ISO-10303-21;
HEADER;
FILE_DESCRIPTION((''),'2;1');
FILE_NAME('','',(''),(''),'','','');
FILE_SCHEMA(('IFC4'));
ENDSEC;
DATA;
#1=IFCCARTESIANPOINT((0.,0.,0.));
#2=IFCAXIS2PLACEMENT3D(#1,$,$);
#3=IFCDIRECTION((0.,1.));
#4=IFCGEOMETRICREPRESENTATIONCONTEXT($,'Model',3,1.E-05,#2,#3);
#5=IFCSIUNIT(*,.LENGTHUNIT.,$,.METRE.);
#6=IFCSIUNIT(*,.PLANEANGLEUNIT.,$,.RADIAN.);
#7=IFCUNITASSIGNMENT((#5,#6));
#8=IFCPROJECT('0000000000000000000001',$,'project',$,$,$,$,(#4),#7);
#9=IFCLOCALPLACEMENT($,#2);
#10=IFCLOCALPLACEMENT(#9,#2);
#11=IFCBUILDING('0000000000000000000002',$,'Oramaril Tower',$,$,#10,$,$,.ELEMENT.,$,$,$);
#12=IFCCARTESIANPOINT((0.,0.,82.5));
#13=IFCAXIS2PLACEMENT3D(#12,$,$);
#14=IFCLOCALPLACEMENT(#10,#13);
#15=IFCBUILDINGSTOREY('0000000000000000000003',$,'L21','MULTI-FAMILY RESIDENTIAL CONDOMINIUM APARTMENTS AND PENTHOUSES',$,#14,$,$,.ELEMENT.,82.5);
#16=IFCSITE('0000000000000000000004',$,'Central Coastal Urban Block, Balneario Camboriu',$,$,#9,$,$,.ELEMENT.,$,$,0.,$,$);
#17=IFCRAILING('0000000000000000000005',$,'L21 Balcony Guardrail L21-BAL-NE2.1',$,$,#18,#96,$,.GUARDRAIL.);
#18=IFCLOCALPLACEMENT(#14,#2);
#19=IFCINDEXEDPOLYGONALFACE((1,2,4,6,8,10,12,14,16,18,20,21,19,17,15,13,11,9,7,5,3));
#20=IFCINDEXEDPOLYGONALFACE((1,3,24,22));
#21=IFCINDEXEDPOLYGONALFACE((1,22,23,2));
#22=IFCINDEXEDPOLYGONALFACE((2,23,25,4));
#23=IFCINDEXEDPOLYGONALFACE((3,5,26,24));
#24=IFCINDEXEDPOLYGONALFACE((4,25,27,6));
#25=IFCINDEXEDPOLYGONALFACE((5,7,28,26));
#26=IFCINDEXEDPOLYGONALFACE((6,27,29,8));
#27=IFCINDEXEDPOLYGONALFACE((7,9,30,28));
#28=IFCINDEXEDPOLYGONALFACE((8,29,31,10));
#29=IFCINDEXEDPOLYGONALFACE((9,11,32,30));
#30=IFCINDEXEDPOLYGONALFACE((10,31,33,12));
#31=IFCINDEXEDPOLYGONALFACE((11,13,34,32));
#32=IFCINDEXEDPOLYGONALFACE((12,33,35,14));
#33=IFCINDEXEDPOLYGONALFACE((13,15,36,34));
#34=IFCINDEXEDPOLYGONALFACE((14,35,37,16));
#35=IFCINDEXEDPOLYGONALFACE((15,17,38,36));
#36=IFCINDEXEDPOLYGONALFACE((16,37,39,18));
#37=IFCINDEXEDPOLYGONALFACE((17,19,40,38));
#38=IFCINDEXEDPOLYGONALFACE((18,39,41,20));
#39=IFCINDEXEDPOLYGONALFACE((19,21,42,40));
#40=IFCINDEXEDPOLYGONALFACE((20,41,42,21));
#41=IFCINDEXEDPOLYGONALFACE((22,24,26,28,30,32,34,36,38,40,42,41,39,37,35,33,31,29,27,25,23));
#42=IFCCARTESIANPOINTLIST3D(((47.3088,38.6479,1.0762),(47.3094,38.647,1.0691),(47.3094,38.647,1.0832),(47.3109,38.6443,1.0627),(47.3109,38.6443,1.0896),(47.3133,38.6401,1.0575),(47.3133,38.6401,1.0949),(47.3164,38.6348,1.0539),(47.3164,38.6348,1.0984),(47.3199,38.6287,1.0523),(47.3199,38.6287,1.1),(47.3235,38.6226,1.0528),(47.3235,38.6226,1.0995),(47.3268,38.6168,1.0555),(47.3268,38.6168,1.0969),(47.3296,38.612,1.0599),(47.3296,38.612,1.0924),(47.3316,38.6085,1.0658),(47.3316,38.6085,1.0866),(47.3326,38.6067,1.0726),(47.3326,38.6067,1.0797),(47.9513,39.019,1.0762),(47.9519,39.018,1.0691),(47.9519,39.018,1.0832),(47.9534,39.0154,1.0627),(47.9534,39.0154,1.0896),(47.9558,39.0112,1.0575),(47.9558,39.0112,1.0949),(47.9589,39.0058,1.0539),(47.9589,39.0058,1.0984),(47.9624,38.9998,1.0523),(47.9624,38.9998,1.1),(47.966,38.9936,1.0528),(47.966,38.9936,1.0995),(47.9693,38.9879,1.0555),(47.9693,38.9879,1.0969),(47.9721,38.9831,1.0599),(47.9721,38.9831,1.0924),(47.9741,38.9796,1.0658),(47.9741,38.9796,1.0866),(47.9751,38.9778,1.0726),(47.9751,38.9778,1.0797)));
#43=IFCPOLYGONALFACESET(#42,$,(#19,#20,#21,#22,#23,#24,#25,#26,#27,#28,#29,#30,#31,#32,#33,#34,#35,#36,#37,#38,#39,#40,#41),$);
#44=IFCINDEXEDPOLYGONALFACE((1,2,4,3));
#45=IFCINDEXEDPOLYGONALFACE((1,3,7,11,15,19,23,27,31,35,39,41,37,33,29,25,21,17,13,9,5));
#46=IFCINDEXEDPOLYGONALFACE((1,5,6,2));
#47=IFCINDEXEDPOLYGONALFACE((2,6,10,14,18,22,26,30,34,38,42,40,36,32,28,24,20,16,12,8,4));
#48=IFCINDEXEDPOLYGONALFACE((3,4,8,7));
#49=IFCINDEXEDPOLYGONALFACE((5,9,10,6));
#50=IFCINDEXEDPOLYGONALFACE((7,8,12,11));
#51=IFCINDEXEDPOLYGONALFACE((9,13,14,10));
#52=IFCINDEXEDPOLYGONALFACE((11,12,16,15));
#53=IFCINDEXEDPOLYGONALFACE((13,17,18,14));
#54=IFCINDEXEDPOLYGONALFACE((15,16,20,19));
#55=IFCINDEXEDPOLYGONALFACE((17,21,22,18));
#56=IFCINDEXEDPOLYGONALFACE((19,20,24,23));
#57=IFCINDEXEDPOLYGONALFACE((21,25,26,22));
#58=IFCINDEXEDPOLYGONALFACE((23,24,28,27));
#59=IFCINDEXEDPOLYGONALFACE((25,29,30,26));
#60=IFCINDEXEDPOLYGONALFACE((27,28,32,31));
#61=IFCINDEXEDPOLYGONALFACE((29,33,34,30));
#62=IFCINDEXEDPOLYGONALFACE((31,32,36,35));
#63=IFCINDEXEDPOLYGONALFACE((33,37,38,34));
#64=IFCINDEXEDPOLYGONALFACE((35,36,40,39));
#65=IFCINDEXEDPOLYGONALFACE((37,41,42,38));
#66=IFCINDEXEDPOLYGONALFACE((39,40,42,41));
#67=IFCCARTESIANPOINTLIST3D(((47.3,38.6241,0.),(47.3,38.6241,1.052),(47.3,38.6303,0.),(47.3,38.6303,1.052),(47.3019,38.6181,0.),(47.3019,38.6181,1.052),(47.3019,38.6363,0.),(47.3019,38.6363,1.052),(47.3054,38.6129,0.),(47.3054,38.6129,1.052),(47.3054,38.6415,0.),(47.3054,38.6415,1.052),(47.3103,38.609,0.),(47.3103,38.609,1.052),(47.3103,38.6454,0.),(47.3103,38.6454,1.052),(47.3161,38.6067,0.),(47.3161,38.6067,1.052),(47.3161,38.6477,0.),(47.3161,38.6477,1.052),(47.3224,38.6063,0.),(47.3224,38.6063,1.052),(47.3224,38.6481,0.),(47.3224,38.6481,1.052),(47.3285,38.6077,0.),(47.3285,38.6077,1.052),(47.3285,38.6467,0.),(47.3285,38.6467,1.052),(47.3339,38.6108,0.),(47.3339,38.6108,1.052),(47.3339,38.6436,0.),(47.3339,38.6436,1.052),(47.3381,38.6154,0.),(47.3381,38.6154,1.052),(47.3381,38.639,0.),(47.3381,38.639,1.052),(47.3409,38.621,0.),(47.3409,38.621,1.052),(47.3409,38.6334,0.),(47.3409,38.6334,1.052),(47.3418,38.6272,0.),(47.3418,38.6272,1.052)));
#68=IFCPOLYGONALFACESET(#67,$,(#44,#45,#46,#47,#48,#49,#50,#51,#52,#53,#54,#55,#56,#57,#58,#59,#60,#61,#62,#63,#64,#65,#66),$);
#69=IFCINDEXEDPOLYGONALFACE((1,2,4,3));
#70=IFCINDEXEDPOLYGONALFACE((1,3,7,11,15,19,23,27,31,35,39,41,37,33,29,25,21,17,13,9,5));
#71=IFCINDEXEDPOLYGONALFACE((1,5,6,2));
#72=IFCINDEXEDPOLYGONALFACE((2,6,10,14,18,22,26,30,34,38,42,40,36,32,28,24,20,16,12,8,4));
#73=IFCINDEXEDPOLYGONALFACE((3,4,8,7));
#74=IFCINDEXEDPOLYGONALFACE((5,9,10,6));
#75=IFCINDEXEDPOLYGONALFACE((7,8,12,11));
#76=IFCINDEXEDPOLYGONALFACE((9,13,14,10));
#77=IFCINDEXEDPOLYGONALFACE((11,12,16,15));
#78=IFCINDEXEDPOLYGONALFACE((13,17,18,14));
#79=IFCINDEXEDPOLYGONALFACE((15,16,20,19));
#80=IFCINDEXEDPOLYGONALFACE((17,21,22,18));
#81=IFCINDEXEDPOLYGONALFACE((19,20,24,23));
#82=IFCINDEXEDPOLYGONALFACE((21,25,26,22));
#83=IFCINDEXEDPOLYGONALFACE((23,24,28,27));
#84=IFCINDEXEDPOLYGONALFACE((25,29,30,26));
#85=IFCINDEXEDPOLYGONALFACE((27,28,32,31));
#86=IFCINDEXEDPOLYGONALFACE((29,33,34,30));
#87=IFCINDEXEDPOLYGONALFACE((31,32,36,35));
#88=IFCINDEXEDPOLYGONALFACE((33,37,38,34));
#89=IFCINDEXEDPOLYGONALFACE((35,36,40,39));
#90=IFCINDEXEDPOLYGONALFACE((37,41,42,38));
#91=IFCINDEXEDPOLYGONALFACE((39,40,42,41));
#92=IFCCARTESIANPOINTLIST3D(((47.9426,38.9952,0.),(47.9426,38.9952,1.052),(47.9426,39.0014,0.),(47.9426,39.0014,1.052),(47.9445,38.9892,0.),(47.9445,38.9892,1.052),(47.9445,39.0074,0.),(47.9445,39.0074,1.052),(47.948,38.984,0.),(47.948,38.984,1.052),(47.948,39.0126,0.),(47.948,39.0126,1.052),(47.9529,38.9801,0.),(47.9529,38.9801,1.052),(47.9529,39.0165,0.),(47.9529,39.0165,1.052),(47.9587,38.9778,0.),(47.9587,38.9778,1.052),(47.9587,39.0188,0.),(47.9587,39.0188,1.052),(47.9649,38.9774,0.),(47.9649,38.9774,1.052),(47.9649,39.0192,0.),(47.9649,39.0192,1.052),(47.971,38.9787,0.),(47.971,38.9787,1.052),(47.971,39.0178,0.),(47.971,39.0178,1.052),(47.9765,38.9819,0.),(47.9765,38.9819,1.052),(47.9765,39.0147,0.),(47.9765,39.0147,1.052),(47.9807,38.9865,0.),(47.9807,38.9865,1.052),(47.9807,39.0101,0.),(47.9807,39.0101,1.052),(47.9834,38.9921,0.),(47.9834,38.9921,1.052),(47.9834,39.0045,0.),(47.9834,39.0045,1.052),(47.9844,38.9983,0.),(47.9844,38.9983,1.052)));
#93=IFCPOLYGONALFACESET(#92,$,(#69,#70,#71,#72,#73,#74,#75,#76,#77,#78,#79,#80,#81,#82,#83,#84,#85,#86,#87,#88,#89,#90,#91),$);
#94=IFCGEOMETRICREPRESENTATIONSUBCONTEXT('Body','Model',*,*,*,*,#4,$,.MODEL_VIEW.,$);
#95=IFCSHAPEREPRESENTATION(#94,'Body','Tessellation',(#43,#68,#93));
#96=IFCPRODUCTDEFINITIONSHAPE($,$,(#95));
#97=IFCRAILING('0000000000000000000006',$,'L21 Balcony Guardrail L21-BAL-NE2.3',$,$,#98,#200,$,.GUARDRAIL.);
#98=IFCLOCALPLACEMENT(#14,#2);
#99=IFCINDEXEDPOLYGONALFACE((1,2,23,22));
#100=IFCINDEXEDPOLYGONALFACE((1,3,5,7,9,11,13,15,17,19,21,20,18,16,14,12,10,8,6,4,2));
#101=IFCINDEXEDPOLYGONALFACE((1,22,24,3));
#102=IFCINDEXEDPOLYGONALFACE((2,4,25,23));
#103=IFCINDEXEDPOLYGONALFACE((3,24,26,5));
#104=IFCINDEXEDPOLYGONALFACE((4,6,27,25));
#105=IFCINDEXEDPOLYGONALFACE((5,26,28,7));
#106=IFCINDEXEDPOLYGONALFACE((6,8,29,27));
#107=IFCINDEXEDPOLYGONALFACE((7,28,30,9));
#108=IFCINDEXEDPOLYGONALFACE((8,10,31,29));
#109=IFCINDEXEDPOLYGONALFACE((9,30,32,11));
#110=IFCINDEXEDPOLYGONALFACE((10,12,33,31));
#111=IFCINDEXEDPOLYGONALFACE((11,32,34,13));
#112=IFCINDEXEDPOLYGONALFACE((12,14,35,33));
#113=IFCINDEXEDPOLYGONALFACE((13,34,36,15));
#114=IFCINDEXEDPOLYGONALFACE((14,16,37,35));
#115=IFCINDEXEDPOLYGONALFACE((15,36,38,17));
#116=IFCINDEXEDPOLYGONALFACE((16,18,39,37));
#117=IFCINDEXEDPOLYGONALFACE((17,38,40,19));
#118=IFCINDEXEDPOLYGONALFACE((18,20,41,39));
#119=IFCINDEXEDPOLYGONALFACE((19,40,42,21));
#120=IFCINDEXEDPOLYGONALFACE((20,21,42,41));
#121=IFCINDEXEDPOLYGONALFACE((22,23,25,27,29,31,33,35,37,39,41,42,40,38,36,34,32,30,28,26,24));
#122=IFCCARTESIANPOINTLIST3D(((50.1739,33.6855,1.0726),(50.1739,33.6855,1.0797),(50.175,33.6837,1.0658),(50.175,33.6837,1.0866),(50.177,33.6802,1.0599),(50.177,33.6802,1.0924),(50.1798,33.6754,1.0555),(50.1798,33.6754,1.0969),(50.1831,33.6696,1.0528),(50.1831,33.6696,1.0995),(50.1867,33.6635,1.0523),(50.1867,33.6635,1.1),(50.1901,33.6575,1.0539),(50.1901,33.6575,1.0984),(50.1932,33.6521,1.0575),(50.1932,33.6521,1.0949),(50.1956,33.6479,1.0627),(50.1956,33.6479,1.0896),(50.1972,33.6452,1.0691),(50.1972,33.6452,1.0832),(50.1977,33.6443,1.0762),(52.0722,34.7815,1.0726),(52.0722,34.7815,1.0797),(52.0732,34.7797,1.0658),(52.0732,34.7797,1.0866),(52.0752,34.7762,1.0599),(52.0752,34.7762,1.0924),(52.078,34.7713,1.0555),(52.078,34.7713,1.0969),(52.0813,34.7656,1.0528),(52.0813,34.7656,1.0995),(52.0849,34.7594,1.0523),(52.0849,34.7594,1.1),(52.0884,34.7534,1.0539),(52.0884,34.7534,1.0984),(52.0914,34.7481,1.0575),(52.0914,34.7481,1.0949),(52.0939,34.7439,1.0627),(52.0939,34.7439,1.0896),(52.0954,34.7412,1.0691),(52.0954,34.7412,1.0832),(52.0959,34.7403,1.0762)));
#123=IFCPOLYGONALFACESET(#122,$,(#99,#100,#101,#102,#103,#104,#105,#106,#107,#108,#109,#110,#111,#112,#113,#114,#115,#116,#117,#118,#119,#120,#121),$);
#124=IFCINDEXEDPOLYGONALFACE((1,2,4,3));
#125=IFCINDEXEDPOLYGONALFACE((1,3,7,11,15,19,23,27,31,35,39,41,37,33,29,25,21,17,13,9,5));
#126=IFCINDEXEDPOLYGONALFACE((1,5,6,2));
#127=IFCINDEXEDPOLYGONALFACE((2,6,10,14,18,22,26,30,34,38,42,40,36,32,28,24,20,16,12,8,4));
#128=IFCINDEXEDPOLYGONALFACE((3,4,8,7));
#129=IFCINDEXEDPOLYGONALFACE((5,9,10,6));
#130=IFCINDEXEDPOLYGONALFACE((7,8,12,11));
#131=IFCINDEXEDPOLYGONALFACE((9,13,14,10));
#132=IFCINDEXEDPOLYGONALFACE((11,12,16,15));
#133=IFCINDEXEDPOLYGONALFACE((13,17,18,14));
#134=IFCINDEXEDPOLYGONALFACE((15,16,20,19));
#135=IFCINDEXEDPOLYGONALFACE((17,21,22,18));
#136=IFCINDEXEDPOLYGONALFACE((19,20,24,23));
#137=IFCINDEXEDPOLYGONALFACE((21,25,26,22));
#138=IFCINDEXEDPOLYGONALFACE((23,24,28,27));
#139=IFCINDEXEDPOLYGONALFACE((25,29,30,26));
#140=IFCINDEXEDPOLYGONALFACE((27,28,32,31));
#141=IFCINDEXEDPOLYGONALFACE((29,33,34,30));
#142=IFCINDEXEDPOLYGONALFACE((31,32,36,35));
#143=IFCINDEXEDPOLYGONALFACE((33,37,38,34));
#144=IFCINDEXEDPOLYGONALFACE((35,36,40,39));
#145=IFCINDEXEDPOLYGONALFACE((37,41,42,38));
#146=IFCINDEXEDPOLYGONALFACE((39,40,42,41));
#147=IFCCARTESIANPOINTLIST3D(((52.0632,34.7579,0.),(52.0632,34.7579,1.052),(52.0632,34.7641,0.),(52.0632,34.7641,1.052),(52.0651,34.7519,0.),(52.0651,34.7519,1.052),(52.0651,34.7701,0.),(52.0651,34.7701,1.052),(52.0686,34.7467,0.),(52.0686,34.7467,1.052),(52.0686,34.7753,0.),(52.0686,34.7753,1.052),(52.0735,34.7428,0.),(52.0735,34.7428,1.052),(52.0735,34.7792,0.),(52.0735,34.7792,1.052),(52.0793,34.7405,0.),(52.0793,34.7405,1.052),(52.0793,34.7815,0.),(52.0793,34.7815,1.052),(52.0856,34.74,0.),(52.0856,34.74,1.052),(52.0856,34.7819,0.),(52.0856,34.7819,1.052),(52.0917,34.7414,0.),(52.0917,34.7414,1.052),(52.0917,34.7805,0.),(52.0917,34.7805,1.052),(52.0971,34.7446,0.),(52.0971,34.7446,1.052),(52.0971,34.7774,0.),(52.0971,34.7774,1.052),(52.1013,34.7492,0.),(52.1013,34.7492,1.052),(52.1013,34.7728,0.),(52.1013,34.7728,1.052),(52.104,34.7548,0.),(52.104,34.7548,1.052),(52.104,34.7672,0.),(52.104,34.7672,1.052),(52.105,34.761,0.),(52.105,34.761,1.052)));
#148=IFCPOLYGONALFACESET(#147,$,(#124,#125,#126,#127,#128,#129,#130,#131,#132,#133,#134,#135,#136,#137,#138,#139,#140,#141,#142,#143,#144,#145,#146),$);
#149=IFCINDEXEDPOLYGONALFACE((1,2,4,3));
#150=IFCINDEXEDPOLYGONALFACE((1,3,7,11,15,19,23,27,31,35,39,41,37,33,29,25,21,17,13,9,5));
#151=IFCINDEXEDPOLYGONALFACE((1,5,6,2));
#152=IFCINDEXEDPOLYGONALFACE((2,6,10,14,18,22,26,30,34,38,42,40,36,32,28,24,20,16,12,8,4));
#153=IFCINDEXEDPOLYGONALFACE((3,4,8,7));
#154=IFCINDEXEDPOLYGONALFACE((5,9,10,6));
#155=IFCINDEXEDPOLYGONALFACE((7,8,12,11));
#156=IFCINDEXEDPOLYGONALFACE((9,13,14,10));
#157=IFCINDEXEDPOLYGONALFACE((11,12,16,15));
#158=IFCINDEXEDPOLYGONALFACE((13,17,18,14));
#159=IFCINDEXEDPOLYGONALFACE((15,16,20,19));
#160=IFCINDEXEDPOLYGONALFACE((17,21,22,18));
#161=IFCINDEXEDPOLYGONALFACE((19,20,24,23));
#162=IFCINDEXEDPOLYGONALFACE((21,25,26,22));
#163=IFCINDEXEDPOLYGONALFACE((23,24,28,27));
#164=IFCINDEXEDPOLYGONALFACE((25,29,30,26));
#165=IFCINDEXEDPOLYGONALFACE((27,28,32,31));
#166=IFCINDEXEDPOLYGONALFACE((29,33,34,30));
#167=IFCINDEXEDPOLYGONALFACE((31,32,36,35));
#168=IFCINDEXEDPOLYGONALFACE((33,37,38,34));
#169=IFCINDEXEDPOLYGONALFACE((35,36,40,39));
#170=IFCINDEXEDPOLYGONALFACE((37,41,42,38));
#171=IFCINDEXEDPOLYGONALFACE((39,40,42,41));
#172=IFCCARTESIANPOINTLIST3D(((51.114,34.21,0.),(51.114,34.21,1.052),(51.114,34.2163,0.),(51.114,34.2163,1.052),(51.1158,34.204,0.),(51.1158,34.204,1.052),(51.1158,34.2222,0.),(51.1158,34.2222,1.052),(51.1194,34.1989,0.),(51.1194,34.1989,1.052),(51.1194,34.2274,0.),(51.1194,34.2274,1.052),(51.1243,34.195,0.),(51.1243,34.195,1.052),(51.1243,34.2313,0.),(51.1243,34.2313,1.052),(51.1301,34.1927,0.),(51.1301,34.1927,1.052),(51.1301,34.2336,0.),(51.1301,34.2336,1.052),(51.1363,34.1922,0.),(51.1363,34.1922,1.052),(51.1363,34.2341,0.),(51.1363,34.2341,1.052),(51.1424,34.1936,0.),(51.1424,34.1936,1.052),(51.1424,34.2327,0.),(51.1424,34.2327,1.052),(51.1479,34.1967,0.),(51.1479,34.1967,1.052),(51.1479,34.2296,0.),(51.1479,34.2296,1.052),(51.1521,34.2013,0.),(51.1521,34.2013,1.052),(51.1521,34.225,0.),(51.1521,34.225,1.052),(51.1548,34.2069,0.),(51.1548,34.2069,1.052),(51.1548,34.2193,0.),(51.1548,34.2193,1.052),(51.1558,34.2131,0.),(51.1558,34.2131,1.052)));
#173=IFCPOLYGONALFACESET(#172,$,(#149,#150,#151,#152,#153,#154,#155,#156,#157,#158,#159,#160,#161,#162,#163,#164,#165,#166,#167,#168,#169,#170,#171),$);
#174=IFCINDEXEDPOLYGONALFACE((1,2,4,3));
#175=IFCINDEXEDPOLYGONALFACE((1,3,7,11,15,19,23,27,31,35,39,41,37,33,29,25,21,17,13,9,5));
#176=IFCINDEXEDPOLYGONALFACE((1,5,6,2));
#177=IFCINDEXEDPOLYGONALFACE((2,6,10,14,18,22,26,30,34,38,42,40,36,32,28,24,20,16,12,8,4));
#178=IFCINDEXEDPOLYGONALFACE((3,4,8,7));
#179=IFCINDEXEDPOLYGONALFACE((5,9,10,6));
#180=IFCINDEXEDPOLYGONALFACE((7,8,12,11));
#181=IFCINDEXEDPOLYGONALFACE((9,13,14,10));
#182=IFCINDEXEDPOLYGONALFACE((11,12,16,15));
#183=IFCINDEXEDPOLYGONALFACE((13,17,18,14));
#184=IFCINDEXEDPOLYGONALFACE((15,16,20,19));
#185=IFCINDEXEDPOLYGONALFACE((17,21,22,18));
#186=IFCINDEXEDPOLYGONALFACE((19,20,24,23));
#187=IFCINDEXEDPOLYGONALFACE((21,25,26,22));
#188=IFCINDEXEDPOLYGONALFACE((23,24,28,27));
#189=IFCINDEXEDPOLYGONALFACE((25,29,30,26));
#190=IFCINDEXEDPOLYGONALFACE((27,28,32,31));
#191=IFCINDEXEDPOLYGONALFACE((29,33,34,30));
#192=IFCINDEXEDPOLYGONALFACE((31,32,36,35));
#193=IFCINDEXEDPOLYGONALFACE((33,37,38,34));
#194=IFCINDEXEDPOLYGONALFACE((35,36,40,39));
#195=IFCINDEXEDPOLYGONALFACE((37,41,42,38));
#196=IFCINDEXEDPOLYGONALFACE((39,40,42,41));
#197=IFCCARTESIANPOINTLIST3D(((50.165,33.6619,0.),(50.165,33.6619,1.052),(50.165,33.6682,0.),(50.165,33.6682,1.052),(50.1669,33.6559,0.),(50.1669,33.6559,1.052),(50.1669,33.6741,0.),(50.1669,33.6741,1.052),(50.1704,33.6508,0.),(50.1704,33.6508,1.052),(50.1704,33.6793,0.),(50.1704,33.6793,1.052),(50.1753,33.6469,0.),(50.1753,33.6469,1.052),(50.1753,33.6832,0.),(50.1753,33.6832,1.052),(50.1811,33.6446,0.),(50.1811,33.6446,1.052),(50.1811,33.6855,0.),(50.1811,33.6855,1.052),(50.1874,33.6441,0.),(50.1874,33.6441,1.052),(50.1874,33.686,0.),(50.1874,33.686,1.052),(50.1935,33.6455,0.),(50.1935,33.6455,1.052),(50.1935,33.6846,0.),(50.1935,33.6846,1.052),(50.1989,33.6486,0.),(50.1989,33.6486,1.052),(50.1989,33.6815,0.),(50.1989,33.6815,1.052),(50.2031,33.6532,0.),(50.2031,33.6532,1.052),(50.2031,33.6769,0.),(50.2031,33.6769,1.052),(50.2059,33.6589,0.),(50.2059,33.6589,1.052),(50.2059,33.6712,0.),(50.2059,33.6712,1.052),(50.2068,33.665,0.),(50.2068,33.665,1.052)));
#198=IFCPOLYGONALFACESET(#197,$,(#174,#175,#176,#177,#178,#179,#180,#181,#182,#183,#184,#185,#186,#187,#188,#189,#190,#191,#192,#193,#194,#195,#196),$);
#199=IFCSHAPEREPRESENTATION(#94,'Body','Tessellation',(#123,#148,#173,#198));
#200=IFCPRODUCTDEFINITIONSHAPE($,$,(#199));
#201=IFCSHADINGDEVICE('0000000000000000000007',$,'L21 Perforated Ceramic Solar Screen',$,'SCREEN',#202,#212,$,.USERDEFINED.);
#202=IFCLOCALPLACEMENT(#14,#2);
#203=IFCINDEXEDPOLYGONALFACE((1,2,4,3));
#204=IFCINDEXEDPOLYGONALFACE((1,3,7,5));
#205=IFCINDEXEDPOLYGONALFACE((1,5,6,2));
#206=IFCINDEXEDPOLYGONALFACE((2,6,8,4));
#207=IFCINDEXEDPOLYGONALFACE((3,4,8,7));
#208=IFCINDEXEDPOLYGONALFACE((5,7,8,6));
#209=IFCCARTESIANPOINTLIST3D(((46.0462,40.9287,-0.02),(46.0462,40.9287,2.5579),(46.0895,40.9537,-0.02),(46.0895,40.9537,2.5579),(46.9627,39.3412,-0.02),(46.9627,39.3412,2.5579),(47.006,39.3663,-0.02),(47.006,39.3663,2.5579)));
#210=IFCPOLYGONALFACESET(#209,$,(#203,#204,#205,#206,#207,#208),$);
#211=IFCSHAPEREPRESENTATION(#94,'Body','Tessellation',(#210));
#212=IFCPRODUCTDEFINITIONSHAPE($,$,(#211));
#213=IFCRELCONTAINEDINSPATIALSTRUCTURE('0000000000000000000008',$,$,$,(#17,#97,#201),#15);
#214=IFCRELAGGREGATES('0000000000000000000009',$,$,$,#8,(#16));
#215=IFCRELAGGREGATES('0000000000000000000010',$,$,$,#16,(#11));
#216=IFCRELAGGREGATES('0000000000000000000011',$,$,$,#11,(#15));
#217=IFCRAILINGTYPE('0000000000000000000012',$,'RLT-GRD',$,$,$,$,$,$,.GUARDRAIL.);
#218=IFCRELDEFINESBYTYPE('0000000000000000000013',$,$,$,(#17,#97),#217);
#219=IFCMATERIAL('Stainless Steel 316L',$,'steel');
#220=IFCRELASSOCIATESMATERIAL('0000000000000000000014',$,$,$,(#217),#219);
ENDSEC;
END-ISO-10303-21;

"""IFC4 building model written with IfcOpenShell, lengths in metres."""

from ifc_helpers import new_model, si_unit, direction, frame, origin, origin_2d, place, context, subcontext, project, spatial, rectangle, circle, extrude, material, type_object, element, save


model = new_model("IFC4")

# Units and contexts
model_context = context("Model", 3, precision=1e-05, world=origin(), true_north=direction((0.0, 1.0)))
body_context = subcontext(model_context, "Body", "Model", "MODEL_VIEW")
ifc_project = project(units=[si_unit("LENGTHUNIT", "METRE"), si_unit("PLANEANGLEUNIT", "RADIAN")], contexts=[model_context])

# Site, building, storey
site_placement = place(None, origin())
site = spatial("IfcSite", under=ifc_project, at=site_placement, Name="Central Coastal Urban Block, Balneario Camboriu", CompositionType="ELEMENT", RefElevation=0.0)
building_placement = place(site_placement, origin())
building = spatial("IfcBuilding", under=site, at=building_placement, Name="Oramaril Tower", CompositionType="ELEMENT")
storey_placement = place(building_placement, frame((0.0, 0.0, 82.5)))
storey = spatial("IfcBuildingStorey", under=building, at=storey_placement, Name="L21", Description="MULTI-FAMILY RESIDENTIAL CONDOMINIUM APARTMENTS AND PENTHOUSES", CompositionType="ELEMENT", Elevation=82.5)

# Railings
ifc_material_1 = material(Name="Stainless Steel 316L", Category="steel")
railing_type = type_object("IfcRailingType", Name="RLT-GRD", PredefinedType="GUARDRAIL", material=ifc_material_1)
railing_1_placement = place(storey_placement, frame((47.3208, 38.6272, 0.0)))
element("IfcRailing", 1, at=railing_1_placement, inside=storey, type_object=railing_type, Name="L21 Balcony Guardrail L21-BAL-NE2.1", PredefinedType="GUARDRAIL", context=body_context, shape_type="SweptSolid", body=[
    extrude(circle(Radius=0.0239, at=origin_2d()), frame((0.0, 0.0, 1.0762), z_axis=(0.865966, 0.500102, 0.0), x_axis=(-0.500102, 0.865966, 0.0)), (0.0, 0.0, 1.0), 0.7419),
    extrude(circle(Radius=0.021, at=origin_2d()), origin(), (0.0, 0.0, 1.0), 1.052),
    extrude(circle(Radius=0.021, at=origin_2d()), frame((0.6426, 0.3711, 0.0)), (0.0, 0.0, 1.0), 1.052),
])
railing_2_placement = place(storey_placement, frame((52.084, 34.761, 0.0)))
element("IfcRailing", 2, at=railing_2_placement, inside=storey, type_object=railing_type, Name="L21 Balcony Guardrail L21-BAL-NE2.3", PredefinedType="GUARDRAIL", context=body_context, shape_type="SweptSolid", body=[
    extrude(circle(Radius=0.0239, at=origin_2d()), frame((0.0, 0.0, 1.0762), z_axis=(-0.866021, -0.500008, 0.0), x_axis=(0.500008, -0.866021, 0.0)), (0.0, 0.0, 1.0), 2.1919),
    extrude(circle(Radius=0.021, at=origin_2d()), origin(), (0.0, 0.0, 1.0), 1.052),
    extrude(circle(Radius=0.021, at=origin_2d()), frame((-0.9492, -0.5479, 0.0)), (0.0, 0.0, 1.0), 1.052),
    extrude(circle(Radius=0.021, at=origin_2d()), frame((-1.8982, -1.0959, 0.0)), (0.0, 0.0, 1.0), 1.052),
])

# Shading device
for number, where, z_axis, x_axis, name in (
    (3, (46.5261, 40.1475, -0.02), (0.0, 0.0, 1.0), (-0.5, 0.866025, 0.0), "L21 Perforated Ceramic Solar Screen"),
):
    element("IfcShadingDevice", number, at=place(storey_placement, frame(where, z_axis=z_axis, x_axis=x_axis)), inside=storey, Name=name, ObjectType="SCREEN", PredefinedType="USERDEFINED", context=body_context, shape_type="SweptSolid", body=[
        extrude(rectangle(XDim=1.833, YDim=0.05, at=origin_2d()), origin(), (0.0, 0.0, 1.0), 2.5779),
    ])

save(model, "model.ifc")
